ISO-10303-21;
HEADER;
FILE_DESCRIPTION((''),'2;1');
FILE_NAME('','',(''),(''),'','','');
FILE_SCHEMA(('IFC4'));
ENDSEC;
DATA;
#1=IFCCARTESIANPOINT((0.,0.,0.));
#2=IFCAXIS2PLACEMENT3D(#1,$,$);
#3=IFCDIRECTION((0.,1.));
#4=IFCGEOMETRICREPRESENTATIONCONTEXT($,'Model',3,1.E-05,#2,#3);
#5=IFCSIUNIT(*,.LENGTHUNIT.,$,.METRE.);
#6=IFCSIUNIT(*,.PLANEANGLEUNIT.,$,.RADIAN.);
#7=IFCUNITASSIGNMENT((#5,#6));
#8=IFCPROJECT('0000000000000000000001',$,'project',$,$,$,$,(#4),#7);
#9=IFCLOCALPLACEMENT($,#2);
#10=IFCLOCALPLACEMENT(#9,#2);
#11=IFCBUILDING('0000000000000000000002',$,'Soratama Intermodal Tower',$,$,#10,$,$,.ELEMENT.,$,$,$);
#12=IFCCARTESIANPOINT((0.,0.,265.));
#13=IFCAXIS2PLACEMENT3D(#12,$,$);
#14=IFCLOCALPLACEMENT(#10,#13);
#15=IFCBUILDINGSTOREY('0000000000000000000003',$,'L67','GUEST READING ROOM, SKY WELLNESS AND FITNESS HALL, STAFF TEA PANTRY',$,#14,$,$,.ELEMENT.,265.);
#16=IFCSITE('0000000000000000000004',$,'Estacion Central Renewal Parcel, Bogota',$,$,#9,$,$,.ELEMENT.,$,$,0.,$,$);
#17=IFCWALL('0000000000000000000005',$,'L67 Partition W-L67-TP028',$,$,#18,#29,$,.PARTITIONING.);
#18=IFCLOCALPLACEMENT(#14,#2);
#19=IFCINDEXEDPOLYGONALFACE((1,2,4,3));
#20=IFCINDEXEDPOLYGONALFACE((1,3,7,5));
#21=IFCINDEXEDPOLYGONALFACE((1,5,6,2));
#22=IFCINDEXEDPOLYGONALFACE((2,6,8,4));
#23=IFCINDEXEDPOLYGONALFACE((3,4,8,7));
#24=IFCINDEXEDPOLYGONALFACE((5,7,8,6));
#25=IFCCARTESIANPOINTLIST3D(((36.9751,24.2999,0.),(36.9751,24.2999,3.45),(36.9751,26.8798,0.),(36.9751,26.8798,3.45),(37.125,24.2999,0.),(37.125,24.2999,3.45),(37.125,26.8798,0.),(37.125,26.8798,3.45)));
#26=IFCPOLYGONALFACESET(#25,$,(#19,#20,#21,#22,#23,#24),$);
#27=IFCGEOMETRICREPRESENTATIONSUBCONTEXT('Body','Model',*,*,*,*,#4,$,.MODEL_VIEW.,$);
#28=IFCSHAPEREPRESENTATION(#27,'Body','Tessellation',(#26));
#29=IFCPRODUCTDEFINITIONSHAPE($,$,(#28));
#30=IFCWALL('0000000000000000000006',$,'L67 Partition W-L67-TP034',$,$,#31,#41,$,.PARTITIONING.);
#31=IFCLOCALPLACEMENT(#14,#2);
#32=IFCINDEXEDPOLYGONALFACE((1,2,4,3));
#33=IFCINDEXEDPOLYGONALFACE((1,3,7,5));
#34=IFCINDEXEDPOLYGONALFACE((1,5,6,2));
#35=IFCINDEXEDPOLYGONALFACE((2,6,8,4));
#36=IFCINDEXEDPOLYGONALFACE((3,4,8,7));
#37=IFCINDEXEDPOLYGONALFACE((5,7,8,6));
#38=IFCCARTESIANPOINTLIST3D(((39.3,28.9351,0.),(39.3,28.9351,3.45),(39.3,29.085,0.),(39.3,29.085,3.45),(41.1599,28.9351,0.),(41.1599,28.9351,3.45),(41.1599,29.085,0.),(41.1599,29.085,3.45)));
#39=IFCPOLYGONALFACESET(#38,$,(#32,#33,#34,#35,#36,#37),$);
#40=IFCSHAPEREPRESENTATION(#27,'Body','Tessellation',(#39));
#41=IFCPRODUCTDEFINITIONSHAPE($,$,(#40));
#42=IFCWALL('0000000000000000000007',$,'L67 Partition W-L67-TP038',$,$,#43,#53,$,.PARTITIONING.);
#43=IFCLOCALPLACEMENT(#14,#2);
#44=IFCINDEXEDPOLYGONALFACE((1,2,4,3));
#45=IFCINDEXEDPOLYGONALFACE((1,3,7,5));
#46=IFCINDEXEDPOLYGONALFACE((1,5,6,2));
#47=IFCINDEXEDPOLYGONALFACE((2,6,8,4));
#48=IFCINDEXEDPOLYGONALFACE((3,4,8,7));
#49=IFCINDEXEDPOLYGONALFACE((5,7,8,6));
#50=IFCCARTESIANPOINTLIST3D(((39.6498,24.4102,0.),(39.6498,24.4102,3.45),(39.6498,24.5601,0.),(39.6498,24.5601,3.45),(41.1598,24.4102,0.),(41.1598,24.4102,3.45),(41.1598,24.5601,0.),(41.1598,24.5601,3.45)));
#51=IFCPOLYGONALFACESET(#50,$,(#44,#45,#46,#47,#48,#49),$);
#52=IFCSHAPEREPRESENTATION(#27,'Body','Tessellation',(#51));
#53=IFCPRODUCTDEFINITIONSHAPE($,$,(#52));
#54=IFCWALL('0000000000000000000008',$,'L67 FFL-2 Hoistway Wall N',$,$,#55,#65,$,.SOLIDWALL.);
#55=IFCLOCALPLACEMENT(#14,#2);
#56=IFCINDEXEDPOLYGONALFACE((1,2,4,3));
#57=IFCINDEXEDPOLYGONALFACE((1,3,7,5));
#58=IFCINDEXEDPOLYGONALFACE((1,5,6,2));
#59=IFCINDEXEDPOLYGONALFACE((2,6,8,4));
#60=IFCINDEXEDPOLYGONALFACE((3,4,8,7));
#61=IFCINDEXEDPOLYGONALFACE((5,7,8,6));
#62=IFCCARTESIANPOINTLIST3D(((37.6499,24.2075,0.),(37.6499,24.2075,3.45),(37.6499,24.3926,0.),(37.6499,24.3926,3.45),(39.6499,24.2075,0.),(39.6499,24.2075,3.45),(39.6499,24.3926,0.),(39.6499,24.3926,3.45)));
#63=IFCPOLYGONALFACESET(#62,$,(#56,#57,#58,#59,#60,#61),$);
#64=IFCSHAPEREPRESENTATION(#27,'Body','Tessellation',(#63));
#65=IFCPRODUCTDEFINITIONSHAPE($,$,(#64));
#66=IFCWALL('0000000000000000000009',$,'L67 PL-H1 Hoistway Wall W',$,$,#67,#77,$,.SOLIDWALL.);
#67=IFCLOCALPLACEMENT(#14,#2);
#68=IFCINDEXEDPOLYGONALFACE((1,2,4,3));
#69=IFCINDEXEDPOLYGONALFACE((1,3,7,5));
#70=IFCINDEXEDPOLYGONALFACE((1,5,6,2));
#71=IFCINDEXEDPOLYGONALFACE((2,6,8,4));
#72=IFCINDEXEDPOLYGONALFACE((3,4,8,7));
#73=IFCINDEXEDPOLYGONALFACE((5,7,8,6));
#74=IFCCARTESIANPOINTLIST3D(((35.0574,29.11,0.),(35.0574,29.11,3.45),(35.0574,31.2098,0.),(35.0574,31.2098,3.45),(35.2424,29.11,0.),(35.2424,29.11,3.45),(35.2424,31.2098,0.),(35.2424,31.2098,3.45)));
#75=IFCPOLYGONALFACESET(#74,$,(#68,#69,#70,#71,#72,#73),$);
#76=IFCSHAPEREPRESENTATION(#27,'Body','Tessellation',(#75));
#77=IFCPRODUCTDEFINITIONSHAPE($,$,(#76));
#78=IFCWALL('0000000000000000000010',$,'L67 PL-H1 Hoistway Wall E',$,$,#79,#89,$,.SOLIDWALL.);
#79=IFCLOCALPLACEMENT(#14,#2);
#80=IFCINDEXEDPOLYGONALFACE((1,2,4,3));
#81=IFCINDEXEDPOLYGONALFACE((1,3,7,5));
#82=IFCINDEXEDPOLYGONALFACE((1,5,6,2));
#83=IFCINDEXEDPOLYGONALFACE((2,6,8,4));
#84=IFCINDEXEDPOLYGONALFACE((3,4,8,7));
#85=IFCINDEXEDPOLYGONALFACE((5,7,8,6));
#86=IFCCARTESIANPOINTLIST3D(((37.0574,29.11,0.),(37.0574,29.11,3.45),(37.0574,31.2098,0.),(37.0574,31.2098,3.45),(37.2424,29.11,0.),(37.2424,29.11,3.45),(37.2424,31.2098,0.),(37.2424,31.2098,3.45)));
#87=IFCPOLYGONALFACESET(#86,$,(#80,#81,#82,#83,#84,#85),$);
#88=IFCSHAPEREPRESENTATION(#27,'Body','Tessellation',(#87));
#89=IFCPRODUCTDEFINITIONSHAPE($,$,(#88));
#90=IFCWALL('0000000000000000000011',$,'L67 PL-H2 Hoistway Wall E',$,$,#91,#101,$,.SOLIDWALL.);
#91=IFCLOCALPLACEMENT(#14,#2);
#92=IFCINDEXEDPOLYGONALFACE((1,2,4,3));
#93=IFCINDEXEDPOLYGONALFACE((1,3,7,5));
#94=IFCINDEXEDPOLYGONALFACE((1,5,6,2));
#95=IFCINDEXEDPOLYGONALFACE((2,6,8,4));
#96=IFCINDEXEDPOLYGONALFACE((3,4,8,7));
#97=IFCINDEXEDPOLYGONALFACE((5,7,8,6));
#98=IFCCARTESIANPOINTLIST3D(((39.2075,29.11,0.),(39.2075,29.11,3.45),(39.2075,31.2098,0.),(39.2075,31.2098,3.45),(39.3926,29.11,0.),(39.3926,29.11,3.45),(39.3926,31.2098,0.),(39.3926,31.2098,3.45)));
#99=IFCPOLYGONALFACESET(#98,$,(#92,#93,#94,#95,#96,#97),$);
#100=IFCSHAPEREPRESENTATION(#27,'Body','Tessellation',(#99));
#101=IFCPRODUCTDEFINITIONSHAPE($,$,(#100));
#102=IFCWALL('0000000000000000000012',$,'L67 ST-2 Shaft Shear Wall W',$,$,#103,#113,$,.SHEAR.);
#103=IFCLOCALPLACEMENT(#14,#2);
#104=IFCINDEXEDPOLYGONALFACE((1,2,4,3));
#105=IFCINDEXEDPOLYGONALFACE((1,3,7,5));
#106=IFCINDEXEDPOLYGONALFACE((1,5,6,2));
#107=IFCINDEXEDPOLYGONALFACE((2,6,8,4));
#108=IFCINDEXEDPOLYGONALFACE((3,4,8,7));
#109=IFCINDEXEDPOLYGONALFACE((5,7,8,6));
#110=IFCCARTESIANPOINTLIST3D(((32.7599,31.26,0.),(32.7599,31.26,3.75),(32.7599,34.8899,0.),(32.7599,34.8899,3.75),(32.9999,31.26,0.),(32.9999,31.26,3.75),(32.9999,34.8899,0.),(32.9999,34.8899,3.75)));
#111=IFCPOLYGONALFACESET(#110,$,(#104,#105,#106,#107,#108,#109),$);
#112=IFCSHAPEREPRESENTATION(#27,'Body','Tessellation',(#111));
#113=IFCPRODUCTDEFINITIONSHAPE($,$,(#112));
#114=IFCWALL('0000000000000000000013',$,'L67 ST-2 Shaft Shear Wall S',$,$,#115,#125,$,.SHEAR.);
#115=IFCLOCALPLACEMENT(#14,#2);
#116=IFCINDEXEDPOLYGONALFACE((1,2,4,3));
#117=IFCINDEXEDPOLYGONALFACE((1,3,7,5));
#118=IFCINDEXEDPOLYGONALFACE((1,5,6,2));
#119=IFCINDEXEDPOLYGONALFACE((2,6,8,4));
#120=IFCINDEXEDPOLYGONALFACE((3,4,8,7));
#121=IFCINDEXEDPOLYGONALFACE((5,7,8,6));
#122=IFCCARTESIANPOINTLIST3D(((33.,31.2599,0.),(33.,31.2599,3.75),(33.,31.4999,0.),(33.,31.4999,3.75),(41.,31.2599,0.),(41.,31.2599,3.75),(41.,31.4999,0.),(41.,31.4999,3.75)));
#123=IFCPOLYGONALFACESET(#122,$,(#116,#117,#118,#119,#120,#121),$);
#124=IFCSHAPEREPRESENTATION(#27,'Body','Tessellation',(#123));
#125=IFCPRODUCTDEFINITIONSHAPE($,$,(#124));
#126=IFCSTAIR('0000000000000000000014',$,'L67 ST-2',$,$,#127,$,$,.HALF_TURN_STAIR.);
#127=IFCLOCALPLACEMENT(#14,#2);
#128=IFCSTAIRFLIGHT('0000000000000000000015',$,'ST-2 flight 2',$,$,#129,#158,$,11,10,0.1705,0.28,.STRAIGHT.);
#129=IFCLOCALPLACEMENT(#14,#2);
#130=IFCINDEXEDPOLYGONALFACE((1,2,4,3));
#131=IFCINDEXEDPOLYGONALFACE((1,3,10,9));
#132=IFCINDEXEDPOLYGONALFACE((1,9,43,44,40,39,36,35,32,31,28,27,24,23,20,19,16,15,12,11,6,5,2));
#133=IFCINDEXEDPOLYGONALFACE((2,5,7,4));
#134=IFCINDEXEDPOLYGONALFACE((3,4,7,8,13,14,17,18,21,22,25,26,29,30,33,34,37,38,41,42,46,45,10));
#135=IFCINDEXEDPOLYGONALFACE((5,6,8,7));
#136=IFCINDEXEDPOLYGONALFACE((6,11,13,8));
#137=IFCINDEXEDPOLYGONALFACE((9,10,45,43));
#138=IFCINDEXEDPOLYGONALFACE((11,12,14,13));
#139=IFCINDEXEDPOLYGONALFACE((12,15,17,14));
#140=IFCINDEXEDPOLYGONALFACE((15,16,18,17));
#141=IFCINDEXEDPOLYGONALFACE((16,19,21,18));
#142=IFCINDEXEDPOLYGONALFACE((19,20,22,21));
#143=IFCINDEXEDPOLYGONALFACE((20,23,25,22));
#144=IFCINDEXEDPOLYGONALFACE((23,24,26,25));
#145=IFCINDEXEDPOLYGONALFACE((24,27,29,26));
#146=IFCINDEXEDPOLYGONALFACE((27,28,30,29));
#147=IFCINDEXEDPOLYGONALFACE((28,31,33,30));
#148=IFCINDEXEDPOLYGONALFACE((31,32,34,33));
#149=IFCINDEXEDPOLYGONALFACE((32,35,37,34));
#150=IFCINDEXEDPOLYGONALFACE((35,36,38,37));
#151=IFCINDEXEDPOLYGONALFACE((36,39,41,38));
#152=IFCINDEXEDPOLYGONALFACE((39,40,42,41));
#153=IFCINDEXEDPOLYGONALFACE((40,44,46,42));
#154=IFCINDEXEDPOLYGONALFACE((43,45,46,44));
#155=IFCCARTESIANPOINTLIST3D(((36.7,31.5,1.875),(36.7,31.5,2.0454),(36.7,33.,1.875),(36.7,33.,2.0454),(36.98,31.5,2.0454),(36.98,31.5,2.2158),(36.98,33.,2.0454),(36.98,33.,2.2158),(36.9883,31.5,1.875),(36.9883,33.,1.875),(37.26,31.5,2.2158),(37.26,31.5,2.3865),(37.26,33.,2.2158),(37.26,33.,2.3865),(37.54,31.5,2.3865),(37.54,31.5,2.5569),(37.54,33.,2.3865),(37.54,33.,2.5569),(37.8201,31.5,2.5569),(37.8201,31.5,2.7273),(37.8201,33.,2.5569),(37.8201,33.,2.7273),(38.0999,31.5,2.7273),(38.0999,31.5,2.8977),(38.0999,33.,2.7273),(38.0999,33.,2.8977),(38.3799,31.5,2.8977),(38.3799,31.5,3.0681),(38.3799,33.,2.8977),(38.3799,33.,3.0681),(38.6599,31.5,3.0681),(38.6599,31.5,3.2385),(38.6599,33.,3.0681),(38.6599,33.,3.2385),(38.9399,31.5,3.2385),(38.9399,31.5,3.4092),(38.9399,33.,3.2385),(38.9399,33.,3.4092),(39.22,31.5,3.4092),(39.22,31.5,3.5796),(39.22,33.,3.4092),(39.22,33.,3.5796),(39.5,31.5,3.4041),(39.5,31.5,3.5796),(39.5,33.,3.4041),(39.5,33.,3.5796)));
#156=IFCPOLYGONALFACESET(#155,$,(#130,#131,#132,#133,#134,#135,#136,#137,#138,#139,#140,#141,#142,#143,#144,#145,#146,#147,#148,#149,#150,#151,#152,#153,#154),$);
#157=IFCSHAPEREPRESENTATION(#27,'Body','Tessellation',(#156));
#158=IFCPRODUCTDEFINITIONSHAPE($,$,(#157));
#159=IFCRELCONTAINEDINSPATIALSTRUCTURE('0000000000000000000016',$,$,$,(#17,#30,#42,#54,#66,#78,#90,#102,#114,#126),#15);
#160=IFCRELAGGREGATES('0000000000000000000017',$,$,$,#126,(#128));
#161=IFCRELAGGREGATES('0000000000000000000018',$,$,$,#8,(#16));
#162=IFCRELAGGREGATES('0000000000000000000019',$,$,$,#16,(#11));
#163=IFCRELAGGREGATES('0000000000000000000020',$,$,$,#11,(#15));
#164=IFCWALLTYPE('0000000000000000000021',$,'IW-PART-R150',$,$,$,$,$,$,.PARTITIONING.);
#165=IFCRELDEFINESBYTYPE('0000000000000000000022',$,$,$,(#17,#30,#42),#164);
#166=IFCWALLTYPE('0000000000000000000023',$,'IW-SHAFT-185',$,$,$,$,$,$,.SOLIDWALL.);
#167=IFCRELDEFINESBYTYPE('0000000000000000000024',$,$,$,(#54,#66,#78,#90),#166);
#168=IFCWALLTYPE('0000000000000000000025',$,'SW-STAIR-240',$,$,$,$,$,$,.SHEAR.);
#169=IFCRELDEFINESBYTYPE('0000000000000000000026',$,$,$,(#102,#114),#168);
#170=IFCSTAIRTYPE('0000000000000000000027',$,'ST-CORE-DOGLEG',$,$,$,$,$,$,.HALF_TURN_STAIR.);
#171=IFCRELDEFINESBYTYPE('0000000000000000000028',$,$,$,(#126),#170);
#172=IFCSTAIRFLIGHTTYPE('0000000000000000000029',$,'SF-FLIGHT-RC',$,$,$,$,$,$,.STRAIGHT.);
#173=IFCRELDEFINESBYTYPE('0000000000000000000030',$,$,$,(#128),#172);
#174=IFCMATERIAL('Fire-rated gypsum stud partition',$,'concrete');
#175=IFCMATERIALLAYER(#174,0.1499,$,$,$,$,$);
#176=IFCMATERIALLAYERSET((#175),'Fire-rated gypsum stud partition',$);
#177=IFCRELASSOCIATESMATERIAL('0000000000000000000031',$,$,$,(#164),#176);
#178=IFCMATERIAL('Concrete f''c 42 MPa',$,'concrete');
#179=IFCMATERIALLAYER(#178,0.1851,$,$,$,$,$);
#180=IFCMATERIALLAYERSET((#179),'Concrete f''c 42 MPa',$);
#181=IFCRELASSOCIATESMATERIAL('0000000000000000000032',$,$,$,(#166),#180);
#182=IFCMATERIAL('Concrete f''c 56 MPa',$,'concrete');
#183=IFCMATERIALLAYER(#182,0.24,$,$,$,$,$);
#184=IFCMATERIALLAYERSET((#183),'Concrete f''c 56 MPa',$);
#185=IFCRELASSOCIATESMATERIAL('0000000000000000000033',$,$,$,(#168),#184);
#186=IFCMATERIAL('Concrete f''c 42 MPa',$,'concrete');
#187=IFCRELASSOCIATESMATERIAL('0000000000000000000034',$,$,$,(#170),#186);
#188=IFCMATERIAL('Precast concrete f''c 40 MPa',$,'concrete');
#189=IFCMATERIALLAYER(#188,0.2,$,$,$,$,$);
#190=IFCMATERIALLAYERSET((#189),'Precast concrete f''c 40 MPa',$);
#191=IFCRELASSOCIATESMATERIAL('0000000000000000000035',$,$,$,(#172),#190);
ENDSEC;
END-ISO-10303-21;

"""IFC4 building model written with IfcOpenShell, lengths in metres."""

from ifc_helpers import new_model, si_unit, direction, frame, frame_2d, origin, place, context, subcontext, project, spatial, polyline, rectangle, outline, extrude, material, layer, layer_set, type_object, element, aggregate, save


model = new_model("IFC4")

# Units and contexts
model_context = context("Model", 3, precision=1e-05, world=origin(), true_north=direction((0.0, 1.0)))
body_context = subcontext(model_context, "Body", "Model", "MODEL_VIEW")
ifc_project = project(units=[si_unit("LENGTHUNIT", "METRE"), si_unit("PLANEANGLEUNIT", "RADIAN")], contexts=[model_context])

# Site, building, storey
site_placement = place(None, origin())
site = spatial("IfcSite", under=ifc_project, at=site_placement, Name="Estacion Central Renewal Parcel, Bogota", CompositionType="ELEMENT", RefElevation=0.0)
building_placement = place(site_placement, origin())
building = spatial("IfcBuilding", under=site, at=building_placement, Name="Soratama Intermodal Tower", CompositionType="ELEMENT")
storey_placement = place(building_placement, frame((0.0, 0.0, 265.0)))
storey = spatial("IfcBuildingStorey", under=building, at=storey_placement, Name="L67", Description="GUEST READING ROOM, SKY WELLNESS AND FITNESS HALL, STAFF TEA PANTRY", CompositionType="ELEMENT", Elevation=265.0)

# Shared definitions
ifc_material_1 = material(Name="Fire-rated gypsum stud partition", Category="concrete")
ifc_layer_1 = layer(ifc_material_1, 0.1499)
ifc_layer_set_1 = layer_set([ifc_layer_1], Name="Fire-rated gypsum stud partition")
wall_type_1 = type_object("IfcWallType", Name="IW-PART-R150", PredefinedType="PARTITIONING", material=ifc_layer_set_1)

# Walls
wall_1_placement = place(storey_placement, frame((37.05, 26.8799, 0.0), z_axis=(0.0, 0.0, 1.0), x_axis=(0.0, -1.0, 0.0)))
element("IfcWall", 1, at=wall_1_placement, inside=storey, type_object=wall_type_1, Name="L67 Partition W-L67-TP028", PredefinedType="PARTITIONING", context=body_context, shape_type="SweptSolid", body=[
    extrude(rectangle(XDim=2.5798, YDim=0.1499, at=frame_2d((1.29, 0.0))), origin(), (0.0, 0.0, 1.0), 3.45),
])
wall_2_placement = place(storey_placement, frame((39.3, 29.01, 0.0), z_axis=(0.0, 0.0, 1.0), x_axis=(1.0, 0.0, 0.0)))
element("IfcWall", 2, at=wall_2_placement, inside=storey, type_object=wall_type_1, Name="L67 Partition W-L67-TP034", PredefinedType="PARTITIONING", context=body_context, shape_type="SweptSolid", body=[
    extrude(rectangle(XDim=1.8599, YDim=0.1499, at=frame_2d((0.9299, 0.0))), origin(), (0.0, 0.0, 1.0), 3.45),
])
wall_3_placement = place(storey_placement, frame((39.6499, 24.4851, 0.0), z_axis=(0.0, 0.0, 1.0), x_axis=(1.0, 0.0, 0.0)))
element("IfcWall", 3, at=wall_3_placement, inside=storey, type_object=wall_type_1, Name="L67 Partition W-L67-TP038", PredefinedType="PARTITIONING", context=body_context, shape_type="SweptSolid", body=[
    extrude(rectangle(XDim=1.51, YDim=0.1499, at=frame_2d((0.7549, 0.0))), origin(), (0.0, 0.0, 1.0), 3.45),
])
ifc_material_2 = material(Name="Concrete f'c 42 MPa", Category="concrete")
ifc_layer_2 = layer(ifc_material_2, 0.1851)
ifc_layer_set_2 = layer_set([ifc_layer_2], Name="Concrete f'c 42 MPa")
wall_type_2 = type_object("IfcWallType", Name="IW-SHAFT-185", PredefinedType="SOLIDWALL", material=ifc_layer_set_2)
wall_4_placement = place(storey_placement, frame((37.6499, 24.3, 0.0), z_axis=(0.0, 0.0, 1.0), x_axis=(1.0, 0.0, 0.0)))
element("IfcWall", 4, at=wall_4_placement, inside=storey, type_object=wall_type_2, Name="L67 FFL-2 Hoistway Wall N", PredefinedType="SOLIDWALL", context=body_context, shape_type="SweptSolid", body=[
    extrude(rectangle(XDim=2.0, YDim=0.1851, at=frame_2d((1.0, 0.0))), origin(), (0.0, 0.0, 1.0), 3.45),
])

# Walls
for number, where, z_axis, x_axis, name in (
    (5, (35.1499, 29.1101, 0.0), (0.0, 0.0, 1.0), (0.0, 1.0, 0.0), "L67 PL-H1 Hoistway Wall W"),
    (6, (37.1499, 29.1101, 0.0), (0.0, 0.0, 1.0), (0.0, 1.0, 0.0), "L67 PL-H1 Hoistway Wall E"),
):
    element("IfcWall", number, at=place(storey_placement, frame(where, z_axis=z_axis, x_axis=x_axis)), inside=storey, type_object=wall_type_2, Name=name, PredefinedType="SOLIDWALL", context=body_context, shape_type="SweptSolid", body=[
        extrude(rectangle(XDim=2.0999, YDim=0.1851, at=frame_2d((1.0498, 0.0))), origin(), (0.0, 0.0, 1.0), 3.45),
    ])

# Walls
wall_5_placement = place(storey_placement, frame((39.3, 29.1101, 0.0), z_axis=(0.0, 0.0, 1.0), x_axis=(0.0, 1.0, 0.0)))
element("IfcWall", 7, at=wall_5_placement, inside=storey, type_object=wall_type_2, Name="L67 PL-H2 Hoistway Wall E", PredefinedType="SOLIDWALL", context=body_context, shape_type="SweptSolid", body=[
    extrude(rectangle(XDim=2.0999, YDim=0.1851, at=frame_2d((1.0498, 0.0))), origin(), (0.0, 0.0, 1.0), 3.45),
])
ifc_material_3 = material(Name="Concrete f'c 56 MPa", Category="concrete")
ifc_layer_3 = layer(ifc_material_3, 0.24)
ifc_layer_set_3 = layer_set([ifc_layer_3], Name="Concrete f'c 56 MPa")
wall_type_3 = type_object("IfcWallType", Name="SW-STAIR-240", PredefinedType="SHEAR", material=ifc_layer_set_3)
wall_6_placement = place(storey_placement, frame((32.8799, 31.26, 0.0), z_axis=(0.0, 0.0, 1.0), x_axis=(0.0, 1.0, 0.0)))
element("IfcWall", 8, at=wall_6_placement, inside=storey, type_object=wall_type_3, Name="L67 ST-2 Shaft Shear Wall W", PredefinedType="SHEAR", context=body_context, shape_type="SweptSolid", body=[
    extrude(rectangle(XDim=3.6299, YDim=0.24, at=frame_2d((1.8149, 0.0))), origin(), (0.0, 0.0, 1.0), 3.75),
])
wall_7_placement = place(storey_placement, frame((33.0, 31.3799, 0.0), z_axis=(0.0, 0.0, 1.0), x_axis=(1.0, 0.0, 0.0)))
element("IfcWall", 9, at=wall_7_placement, inside=storey, type_object=wall_type_3, Name="L67 ST-2 Shaft Shear Wall S", PredefinedType="SHEAR", context=body_context, shape_type="SweptSolid", body=[
    extrude(rectangle(XDim=8.0, YDim=0.24, at=frame_2d((4.0, 0.0))), origin(), (0.0, 0.0, 1.0), 3.75),
])

# Stair, stair flight
ifc_material_4 = material(Name="Concrete f'c 42 MPa", Category="concrete")
stair_type = type_object("IfcStairType", Name="ST-CORE-DOGLEG", PredefinedType="HALF_TURN_STAIR", material=ifc_material_4)
stair_placement = place(storey_placement, origin())
stair = element("IfcStair", 10, at=stair_placement, inside=storey, type_object=stair_type, Name="L67 ST-2", PredefinedType="HALF_TURN_STAIR")
ifc_material_5 = material(Name="Precast concrete f'c 40 MPa", Category="concrete")
ifc_layer_4 = layer(ifc_material_5, 0.2)
ifc_layer_set_4 = layer_set([ifc_layer_4], Name="Precast concrete f'c 40 MPa")
stair_flight_type = type_object("IfcStairFlightType", Name="SF-FLIGHT-RC", PredefinedType="STRAIGHT", material=ifc_layer_set_4)
stair_flight_placement = place(storey_placement, frame((36.7, 32.25, 1.875), z_axis=(0.0, 0.0, 1.0), x_axis=(1.0, 0.0, 0.0)))
stair_flight = element("IfcStairFlight", 11, at=stair_flight_placement, type_object=stair_flight_type, Name="ST-2 flight 2", NumberOfRisers=11, NumberOfTreads=10, PredefinedType="STRAIGHT", RiserHeight=0.1705, TreadLength=0.28, context=body_context, shape_type="SweptSolid", body=[
    extrude(outline(polyline([(0.0, 0.0), (0.0, 0.1704), (0.28, 0.1704), (0.28, 0.3408), (0.5601, 0.3408), (0.5601, 0.5115), (0.8401, 0.5115), (0.8401, 0.6819), (1.1201, 0.6819), (1.1201, 0.8523), (1.3999, 0.8523), (1.3999, 1.0227), (1.6799, 1.0227), (1.6799, 1.1931), (1.96, 1.1931), (1.96, 1.3635), (2.24, 1.3635), (2.24, 1.5342), (2.52, 1.5342), (2.52, 1.7046), (2.8, 1.7046), (2.8, 1.875), (2.8, 1.5291), (0.2883, 0.0), (0.0, 0.0)])), frame((0.0, 0.75, 0.0), z_axis=(0.0, -1.0, 0.0), x_axis=(1.0, 0.0, 0.0)), (0.0, 0.0, 1.0), 1.5),
])
aggregate(stair, [stair_flight])

save(model, "model.ifc")
